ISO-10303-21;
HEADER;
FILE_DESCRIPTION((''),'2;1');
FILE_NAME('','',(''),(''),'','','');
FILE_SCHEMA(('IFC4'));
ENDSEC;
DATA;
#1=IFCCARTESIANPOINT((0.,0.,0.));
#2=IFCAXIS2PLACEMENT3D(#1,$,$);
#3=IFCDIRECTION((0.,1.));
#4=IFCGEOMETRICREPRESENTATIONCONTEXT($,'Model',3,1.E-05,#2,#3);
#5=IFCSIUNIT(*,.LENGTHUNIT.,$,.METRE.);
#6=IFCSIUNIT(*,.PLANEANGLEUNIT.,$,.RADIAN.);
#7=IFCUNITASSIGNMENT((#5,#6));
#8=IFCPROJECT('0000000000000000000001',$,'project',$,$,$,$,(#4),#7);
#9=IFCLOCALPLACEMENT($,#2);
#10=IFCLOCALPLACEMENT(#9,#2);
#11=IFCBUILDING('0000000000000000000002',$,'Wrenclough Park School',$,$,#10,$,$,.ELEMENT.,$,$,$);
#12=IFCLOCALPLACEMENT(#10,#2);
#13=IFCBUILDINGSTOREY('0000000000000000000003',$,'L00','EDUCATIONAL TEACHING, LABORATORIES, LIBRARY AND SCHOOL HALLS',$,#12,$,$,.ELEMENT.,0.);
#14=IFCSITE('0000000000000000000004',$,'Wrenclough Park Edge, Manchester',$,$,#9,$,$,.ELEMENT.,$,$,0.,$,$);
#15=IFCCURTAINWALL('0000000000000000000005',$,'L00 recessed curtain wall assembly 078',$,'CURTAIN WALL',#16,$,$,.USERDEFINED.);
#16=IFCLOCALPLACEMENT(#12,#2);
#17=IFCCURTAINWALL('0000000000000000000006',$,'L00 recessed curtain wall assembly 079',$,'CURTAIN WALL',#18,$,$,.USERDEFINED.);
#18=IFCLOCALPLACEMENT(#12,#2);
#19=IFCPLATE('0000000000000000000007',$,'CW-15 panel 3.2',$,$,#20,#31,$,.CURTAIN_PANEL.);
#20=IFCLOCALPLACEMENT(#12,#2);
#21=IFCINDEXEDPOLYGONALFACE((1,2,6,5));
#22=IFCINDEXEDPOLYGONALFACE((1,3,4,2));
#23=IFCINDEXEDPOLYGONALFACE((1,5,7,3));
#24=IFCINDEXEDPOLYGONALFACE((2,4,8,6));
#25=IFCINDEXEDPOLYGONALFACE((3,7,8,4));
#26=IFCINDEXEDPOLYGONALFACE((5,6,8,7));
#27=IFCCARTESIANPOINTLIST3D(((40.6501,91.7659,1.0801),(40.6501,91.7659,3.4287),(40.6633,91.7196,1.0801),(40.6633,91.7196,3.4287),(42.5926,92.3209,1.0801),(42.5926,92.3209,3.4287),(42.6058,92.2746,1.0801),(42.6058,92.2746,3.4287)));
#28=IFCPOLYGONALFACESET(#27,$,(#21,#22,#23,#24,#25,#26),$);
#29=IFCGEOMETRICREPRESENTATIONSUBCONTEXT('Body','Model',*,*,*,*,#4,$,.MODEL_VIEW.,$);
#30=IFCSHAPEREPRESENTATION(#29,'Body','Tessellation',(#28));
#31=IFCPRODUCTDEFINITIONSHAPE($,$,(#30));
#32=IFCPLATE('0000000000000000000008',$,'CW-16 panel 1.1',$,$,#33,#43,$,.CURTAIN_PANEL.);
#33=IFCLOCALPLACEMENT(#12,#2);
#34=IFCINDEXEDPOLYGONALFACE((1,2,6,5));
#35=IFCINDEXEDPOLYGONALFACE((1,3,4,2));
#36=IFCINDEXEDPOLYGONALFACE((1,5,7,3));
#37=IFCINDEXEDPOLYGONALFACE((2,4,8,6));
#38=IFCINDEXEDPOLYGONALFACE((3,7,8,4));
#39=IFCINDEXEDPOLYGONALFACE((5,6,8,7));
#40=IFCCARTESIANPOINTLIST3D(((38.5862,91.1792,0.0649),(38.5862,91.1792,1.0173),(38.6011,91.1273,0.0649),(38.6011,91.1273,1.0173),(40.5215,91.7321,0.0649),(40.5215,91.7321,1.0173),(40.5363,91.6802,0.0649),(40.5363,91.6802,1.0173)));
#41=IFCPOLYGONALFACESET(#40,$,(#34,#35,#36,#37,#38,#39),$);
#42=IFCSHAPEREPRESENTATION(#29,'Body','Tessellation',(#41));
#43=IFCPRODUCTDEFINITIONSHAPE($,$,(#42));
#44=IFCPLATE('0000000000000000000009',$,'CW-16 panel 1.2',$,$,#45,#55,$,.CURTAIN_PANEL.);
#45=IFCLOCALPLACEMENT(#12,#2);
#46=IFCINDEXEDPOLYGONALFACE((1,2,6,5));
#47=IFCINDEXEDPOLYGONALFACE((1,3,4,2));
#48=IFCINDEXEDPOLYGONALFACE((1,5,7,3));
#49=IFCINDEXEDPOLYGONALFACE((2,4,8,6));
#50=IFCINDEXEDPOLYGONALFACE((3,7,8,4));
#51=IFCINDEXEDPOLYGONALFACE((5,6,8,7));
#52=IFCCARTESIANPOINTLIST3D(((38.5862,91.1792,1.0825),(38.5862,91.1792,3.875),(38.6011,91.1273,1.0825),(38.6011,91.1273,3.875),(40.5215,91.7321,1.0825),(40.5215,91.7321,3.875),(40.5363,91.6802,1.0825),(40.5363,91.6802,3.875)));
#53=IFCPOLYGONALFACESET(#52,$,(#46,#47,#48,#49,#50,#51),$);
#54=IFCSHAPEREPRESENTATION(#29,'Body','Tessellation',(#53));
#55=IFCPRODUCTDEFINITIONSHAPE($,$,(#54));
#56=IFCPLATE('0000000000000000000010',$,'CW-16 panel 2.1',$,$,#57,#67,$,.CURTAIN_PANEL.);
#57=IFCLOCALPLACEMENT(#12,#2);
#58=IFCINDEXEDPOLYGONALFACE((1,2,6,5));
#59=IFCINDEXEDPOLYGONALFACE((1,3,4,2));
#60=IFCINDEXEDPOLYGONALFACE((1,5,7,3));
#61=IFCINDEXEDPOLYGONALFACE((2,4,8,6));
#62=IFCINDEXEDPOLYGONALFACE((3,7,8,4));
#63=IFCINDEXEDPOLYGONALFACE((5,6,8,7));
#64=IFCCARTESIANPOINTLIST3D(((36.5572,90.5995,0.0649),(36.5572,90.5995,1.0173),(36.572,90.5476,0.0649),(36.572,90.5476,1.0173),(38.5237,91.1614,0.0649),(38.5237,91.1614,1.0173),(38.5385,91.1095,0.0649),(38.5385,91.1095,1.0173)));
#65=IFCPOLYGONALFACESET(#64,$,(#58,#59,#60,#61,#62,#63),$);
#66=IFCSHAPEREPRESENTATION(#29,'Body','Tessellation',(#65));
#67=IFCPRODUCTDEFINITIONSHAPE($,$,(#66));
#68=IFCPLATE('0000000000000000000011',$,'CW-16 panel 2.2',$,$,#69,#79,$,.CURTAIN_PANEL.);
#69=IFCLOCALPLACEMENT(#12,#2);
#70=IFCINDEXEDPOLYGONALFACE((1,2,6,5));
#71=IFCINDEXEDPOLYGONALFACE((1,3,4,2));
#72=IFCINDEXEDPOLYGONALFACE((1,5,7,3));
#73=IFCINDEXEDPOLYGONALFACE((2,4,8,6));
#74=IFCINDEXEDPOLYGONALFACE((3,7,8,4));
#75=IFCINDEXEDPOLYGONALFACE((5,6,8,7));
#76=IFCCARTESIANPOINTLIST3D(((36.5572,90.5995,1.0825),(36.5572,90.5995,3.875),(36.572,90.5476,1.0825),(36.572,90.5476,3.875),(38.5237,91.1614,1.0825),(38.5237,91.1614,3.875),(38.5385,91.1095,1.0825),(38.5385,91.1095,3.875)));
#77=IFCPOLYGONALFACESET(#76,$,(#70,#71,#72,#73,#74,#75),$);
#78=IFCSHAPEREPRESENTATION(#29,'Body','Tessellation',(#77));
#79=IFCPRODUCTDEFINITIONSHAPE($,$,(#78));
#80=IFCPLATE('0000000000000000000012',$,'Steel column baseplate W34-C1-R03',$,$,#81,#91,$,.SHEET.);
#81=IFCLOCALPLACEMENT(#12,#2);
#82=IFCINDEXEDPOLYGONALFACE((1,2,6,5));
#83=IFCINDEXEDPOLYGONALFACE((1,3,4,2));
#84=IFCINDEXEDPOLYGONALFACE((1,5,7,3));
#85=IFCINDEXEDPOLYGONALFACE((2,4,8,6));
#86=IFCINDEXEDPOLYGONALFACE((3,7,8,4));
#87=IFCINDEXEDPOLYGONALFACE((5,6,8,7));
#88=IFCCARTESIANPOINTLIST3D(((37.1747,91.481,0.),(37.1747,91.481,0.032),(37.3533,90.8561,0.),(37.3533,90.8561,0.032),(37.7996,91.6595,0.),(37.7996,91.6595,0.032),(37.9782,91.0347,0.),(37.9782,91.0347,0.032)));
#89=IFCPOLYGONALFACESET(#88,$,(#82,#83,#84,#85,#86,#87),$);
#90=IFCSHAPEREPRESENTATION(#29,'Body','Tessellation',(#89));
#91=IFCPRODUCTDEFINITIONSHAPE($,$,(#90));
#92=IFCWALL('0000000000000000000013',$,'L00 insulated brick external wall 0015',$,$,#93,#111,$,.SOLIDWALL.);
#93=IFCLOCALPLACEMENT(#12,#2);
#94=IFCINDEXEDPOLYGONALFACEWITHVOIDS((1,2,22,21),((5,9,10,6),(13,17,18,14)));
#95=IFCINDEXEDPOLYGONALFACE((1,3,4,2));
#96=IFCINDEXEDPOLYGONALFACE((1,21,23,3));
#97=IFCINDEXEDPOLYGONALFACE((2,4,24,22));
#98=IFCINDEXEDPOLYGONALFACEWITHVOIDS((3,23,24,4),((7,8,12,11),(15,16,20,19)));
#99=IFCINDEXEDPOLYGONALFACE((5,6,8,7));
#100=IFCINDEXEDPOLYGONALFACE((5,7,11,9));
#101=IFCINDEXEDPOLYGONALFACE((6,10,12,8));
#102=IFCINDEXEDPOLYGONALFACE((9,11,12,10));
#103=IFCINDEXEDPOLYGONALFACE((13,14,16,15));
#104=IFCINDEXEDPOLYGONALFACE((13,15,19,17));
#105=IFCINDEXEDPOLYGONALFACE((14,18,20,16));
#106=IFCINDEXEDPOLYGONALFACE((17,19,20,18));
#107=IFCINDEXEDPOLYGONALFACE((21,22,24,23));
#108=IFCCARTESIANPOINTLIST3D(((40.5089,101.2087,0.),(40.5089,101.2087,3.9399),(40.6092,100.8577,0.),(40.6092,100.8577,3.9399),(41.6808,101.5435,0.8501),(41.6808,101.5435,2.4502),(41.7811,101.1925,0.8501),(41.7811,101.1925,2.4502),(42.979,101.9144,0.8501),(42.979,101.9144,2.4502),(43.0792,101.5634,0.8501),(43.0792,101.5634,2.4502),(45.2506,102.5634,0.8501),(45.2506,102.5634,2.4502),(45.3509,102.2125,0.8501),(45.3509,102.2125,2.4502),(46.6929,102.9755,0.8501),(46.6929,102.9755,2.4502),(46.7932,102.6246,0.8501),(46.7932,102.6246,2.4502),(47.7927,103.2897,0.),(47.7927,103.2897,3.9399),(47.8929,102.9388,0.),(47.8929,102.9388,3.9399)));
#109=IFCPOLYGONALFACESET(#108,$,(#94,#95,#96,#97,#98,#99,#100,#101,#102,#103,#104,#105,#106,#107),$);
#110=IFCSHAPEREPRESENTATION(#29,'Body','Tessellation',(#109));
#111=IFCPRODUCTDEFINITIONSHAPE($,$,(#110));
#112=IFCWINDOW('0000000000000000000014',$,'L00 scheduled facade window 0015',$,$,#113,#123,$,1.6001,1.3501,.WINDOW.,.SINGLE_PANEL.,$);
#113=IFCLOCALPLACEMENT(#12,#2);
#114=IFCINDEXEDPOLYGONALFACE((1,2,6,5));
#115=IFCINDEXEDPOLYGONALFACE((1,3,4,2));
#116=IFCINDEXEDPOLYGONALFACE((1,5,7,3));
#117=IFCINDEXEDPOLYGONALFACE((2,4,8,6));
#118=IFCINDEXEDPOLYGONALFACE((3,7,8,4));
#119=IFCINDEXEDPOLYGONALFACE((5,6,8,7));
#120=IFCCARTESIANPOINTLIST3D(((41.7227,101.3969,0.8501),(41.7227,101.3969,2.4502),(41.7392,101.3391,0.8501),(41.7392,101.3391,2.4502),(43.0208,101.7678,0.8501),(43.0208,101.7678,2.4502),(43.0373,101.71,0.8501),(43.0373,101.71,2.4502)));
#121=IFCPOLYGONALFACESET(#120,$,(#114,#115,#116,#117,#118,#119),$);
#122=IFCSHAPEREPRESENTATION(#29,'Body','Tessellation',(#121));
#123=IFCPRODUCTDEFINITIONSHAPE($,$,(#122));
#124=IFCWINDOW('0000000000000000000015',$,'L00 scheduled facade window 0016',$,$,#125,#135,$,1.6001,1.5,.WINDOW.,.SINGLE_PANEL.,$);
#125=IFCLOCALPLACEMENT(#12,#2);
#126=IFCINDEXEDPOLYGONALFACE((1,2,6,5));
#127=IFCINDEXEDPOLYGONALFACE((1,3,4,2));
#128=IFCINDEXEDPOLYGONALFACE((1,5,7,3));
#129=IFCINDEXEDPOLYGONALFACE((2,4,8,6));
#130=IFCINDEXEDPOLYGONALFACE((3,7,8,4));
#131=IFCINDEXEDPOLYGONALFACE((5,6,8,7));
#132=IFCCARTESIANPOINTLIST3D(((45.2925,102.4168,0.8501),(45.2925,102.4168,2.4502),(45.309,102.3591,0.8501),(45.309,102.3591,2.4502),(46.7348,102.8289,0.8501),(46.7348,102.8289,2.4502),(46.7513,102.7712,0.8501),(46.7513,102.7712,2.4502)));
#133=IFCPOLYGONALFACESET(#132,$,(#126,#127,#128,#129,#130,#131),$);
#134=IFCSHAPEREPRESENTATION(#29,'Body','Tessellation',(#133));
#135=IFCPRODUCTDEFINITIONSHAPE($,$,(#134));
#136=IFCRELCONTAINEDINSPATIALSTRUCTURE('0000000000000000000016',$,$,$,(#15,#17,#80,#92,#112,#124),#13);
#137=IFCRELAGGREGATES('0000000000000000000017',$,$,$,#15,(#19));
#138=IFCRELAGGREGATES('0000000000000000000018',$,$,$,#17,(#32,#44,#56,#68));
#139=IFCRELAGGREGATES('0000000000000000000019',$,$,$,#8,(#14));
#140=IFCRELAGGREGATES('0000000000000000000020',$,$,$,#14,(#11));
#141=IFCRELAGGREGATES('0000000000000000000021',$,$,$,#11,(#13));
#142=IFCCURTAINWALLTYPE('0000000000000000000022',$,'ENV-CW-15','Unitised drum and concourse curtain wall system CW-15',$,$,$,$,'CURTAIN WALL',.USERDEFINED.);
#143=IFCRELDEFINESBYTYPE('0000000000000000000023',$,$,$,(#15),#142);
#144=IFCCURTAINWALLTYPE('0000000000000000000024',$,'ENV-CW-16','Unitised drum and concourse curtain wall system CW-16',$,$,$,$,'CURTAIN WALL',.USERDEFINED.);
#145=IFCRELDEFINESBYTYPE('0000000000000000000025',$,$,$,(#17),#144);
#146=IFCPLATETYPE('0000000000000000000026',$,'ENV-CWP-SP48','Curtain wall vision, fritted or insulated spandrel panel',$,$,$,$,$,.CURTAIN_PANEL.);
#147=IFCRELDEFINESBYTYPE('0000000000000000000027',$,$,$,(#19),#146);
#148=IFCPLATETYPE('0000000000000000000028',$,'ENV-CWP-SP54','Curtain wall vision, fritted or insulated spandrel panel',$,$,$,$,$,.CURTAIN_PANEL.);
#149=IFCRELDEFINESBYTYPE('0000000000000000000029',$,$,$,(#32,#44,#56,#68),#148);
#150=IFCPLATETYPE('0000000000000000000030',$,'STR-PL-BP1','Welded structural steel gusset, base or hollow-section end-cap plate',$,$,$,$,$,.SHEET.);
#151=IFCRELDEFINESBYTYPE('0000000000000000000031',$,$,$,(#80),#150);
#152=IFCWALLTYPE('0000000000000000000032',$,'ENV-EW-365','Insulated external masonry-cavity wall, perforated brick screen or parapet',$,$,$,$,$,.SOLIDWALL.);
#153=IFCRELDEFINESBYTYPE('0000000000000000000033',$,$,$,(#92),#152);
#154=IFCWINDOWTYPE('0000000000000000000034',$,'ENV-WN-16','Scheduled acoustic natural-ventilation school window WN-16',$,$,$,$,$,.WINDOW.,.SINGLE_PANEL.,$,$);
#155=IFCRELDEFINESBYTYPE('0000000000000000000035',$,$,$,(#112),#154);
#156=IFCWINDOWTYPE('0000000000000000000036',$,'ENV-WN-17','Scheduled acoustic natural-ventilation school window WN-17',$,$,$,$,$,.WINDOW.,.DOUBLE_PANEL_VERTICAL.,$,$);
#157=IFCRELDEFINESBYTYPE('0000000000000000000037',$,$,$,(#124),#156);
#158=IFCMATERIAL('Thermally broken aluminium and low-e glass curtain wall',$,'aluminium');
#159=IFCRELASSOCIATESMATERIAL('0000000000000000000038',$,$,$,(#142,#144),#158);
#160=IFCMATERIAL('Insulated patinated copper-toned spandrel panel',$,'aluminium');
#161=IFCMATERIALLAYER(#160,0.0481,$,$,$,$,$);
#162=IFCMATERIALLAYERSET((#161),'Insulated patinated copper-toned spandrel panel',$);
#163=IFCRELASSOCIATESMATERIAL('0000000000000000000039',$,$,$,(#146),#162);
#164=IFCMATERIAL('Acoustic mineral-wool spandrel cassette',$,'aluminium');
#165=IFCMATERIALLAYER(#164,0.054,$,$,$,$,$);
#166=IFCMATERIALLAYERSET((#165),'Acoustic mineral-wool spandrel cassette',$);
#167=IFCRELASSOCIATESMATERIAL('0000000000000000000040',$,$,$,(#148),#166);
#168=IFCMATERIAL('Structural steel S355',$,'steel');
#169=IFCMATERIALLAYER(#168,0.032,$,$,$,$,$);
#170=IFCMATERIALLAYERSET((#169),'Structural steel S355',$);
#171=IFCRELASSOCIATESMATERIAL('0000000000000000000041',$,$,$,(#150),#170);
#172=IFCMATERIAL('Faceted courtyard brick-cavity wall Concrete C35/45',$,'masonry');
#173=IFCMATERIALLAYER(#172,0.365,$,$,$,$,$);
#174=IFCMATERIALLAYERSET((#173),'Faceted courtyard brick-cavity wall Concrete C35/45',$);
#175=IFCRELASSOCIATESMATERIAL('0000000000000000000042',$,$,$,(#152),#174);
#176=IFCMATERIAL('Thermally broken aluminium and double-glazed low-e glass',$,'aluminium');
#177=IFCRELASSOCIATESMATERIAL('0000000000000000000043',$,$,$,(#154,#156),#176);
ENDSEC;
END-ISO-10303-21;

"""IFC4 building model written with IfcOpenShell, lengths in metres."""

from ifc_helpers import new_model, si_unit, direction, frame, frame_2d, origin, origin_2d, place, context, subcontext, project, spatial, rectangle, extrude, material, layer, layer_set, type_object, element, fill, aggregate, save


model = new_model("IFC4")

# Units and contexts
model_context = context("Model", 3, precision=1e-05, world=origin(), true_north=direction((0.0, 1.0)))
body_context = subcontext(model_context, "Body", "Model", "MODEL_VIEW")
ifc_project = project(units=[si_unit("LENGTHUNIT", "METRE"), si_unit("PLANEANGLEUNIT", "RADIAN")], contexts=[model_context])

# Site, building, storey
site_placement = place(None, origin())
site = spatial("IfcSite", under=ifc_project, at=site_placement, Name="Wrenclough Park Edge, Manchester", CompositionType="ELEMENT", RefElevation=0.0)
building_placement = place(site_placement, origin())
building = spatial("IfcBuilding", under=site, at=building_placement, Name="Wrenclough Park School", CompositionType="ELEMENT")
storey_placement = place(building_placement, origin())
storey = spatial("IfcBuildingStorey", under=building, at=storey_placement, Name="L00", Description="EDUCATIONAL TEACHING, LABORATORIES, LIBRARY AND SCHOOL HALLS", CompositionType="ELEMENT", Elevation=0.0)

# Shared definitions
ifc_material_1 = material(Name="Structural steel S355", Category="steel")

# Curtain wall
ifc_material_2 = material(Name="Thermally broken aluminium and low-e glass curtain wall", Category="aluminium")
curtain_wall_type_1 = type_object("IfcCurtainWallType", Name="ENV-CW-15", Description="Unitised drum and concourse curtain wall system CW-15", ElementType="CURTAIN WALL", PredefinedType="USERDEFINED", material=ifc_material_2)
curtain_wall_1_placement = place(storey_placement, origin())
curtain_wall_1 = element("IfcCurtainWall", 1, at=curtain_wall_1_placement, inside=storey, type_object=curtain_wall_type_1, Name="L00 recessed curtain wall assembly 078", ObjectType="CURTAIN WALL", PredefinedType="USERDEFINED")

# Curtain wall
curtain_wall_type_2 = type_object("IfcCurtainWallType", Name="ENV-CW-16", Description="Unitised drum and concourse curtain wall system CW-16", ElementType="CURTAIN WALL", PredefinedType="USERDEFINED", material=ifc_material_2)
curtain_wall_2_placement = place(storey_placement, origin())
curtain_wall_2 = element("IfcCurtainWall", 2, at=curtain_wall_2_placement, inside=storey, type_object=curtain_wall_type_2, Name="L00 recessed curtain wall assembly 079", ObjectType="CURTAIN WALL", PredefinedType="USERDEFINED")

# Plates
ifc_material_3 = material(Name="Insulated patinated copper-toned spandrel panel", Category="aluminium")
ifc_layer_1 = layer(ifc_material_3, 0.0481)
ifc_layer_set_1 = layer_set([ifc_layer_1], Name="Insulated patinated copper-toned spandrel panel")
plate_type_1 = type_object("IfcPlateType", Name="ENV-CWP-SP48", Description="Curtain wall vision, fritted or insulated spandrel panel", PredefinedType="CURTAIN_PANEL", material=ifc_layer_set_1)
plate_1_placement = place(storey_placement, frame((41.6279, 92.0203, 1.0801), z_axis=(0.0, 0.0, 1.0), x_axis=(-0.961527, -0.274711, 0.0)))
plate_1 = element("IfcPlate", 3, at=plate_1_placement, type_object=plate_type_1, Name="CW-15 panel 3.2", PredefinedType="CURTAIN_PANEL", context=body_context, shape_type="SweptSolid", body=[
    extrude(rectangle(XDim=2.0203, YDim=0.0481, at=origin_2d()), origin(), (0.0, 0.0, 1.0), 2.3486),
])
aggregate(curtain_wall_1, [plate_1])
ifc_material_4 = material(Name="Acoustic mineral-wool spandrel cassette", Category="aluminium")
ifc_layer_2 = layer(ifc_material_4, 0.054)
ifc_layer_set_2 = layer_set([ifc_layer_2], Name="Acoustic mineral-wool spandrel cassette")
plate_type_2 = type_object("IfcPlateType", Name="ENV-CWP-SP54", Description="Curtain wall vision, fritted or insulated spandrel panel", PredefinedType="CURTAIN_PANEL", material=ifc_layer_set_2)
plate_2_placement = place(storey_placement, frame((39.5613, 91.4297, 0.0649), z_axis=(0.0, 0.0, 1.0), x_axis=(-0.961524, -0.274721, 0.0)))
plate_2 = element("IfcPlate", 4, at=plate_2_placement, type_object=plate_type_2, Name="CW-16 panel 1.1", PredefinedType="CURTAIN_PANEL", context=body_context, shape_type="SweptSolid", body=[
    extrude(rectangle(XDim=2.0127, YDim=0.054, at=origin_2d()), origin(), (0.0, 0.0, 1.0), 0.9524),
])
plate_3_placement = place(storey_placement, frame((39.5613, 91.4297, 1.0825), z_axis=(0.0, 0.0, 1.0), x_axis=(-0.961524, -0.274721, 0.0)))
plate_3 = element("IfcPlate", 5, at=plate_3_placement, type_object=plate_type_2, Name="CW-16 panel 1.2", PredefinedType="CURTAIN_PANEL", context=body_context, shape_type="SweptSolid", body=[
    extrude(rectangle(XDim=2.0127, YDim=0.054, at=origin_2d()), origin(), (0.0, 0.0, 1.0), 2.7925),
])
plate_4_placement = place(storey_placement, frame((37.5479, 90.8545, 0.0649), z_axis=(0.0, 0.0, 1.0), x_axis=(-0.961524, -0.274721, 0.0)))
plate_4 = element("IfcPlate", 6, at=plate_4_placement, type_object=plate_type_2, Name="CW-16 panel 2.1", PredefinedType="CURTAIN_PANEL", context=body_context, shape_type="SweptSolid", body=[
    extrude(rectangle(XDim=2.0452, YDim=0.054, at=origin_2d()), origin(), (0.0, 0.0, 1.0), 0.9524),
])
plate_5_placement = place(storey_placement, frame((37.5479, 90.8545, 1.0825), z_axis=(0.0, 0.0, 1.0), x_axis=(-0.961524, -0.274721, 0.0)))
plate_5 = element("IfcPlate", 7, at=plate_5_placement, type_object=plate_type_2, Name="CW-16 panel 2.2", PredefinedType="CURTAIN_PANEL", context=body_context, shape_type="SweptSolid", body=[
    extrude(rectangle(XDim=2.0452, YDim=0.054, at=origin_2d()), origin(), (0.0, 0.0, 1.0), 2.7925),
])
aggregate(curtain_wall_2, [plate_2, plate_3, plate_4, plate_5])
ifc_layer_3 = layer(ifc_material_1, 0.032)
ifc_layer_set_3 = layer_set([ifc_layer_3], Name="Structural steel S355")
plate_type_3 = type_object("IfcPlateType", Name="STR-PL-BP1", Description="Welded structural steel gusset, base or hollow-section end-cap plate", PredefinedType="SHEET", material=ifc_layer_set_3)
plate_6_placement = place(storey_placement, frame((37.5764, 91.2578, 0.0), z_axis=(0.0, 0.0, 1.0), x_axis=(0.961502, 0.274798, 0.0)))
element("IfcPlate", 8, at=plate_6_placement, inside=storey, type_object=plate_type_3, Name="Steel column baseplate W34-C1-R03", PredefinedType="SHEET", context=body_context, shape_type="SweptSolid", body=[
    extrude(rectangle(XDim=0.6499, YDim=0.6499, at=origin_2d()), origin(), (0.0, 0.0, 1.0), 0.032),
])

# Wall, openings, windows
ifc_material_5 = material(Name="Faceted courtyard brick-cavity wall Concrete C35/45", Category="masonry")
ifc_layer_4 = layer(ifc_material_5, 0.365)
ifc_layer_set_4 = layer_set([ifc_layer_4], Name="Faceted courtyard brick-cavity wall Concrete C35/45")
wall_type = type_object("IfcWallType", Name="ENV-EW-365", Description="Insulated external masonry-cavity wall, perforated brick screen or parapet", PredefinedType="SOLIDWALL", material=ifc_layer_set_4)
wall_placement = place(storey_placement, frame((40.5591, 101.0332, 0.0), z_axis=(0.0, 0.0, 1.0), x_axis=(0.961524, 0.274721, 0.0)))
wall = element("IfcWall", 9, at=wall_placement, inside=storey, type_object=wall_type, Name="L00 insulated brick external wall 0015", PredefinedType="SOLIDWALL", context=body_context, shape_type="SweptSolid", body=[
    extrude(rectangle(XDim=7.5752, YDim=0.365, at=frame_2d((3.7876, 0.0))), origin(), (0.0, 0.0, 1.0), 3.9399),
])
opening_1_placement = place(wall_placement, frame((1.2188, 0.0, 0.8501)))
opening_1 = element("IfcOpeningElement", 10, at=opening_1_placement, cuts=wall, PredefinedType="OPENING", context=body_context, shape_type="SweptSolid", body=[
    extrude(rectangle(XDim=1.3501, YDim=1.6001, at=frame_2d((0.675, 0.8))), frame((0.0, 0.1924, 0.0), z_axis=(0.0, -1.0, 0.0), x_axis=(1.0, 0.0, 0.0)), (0.0, 0.0, 1.0), 0.385),
])
opening_2_placement = place(wall_placement, frame((4.9314, 0.0, 0.8501)))
opening_2 = element("IfcOpeningElement", 11, at=opening_2_placement, cuts=wall, PredefinedType="OPENING", context=body_context, shape_type="SweptSolid", body=[
    extrude(rectangle(XDim=1.5, YDim=1.6001, at=frame_2d((0.75, 0.8))), frame((0.0, 0.1924, 0.0), z_axis=(0.0, -1.0, 0.0), x_axis=(1.0, 0.0, 0.0)), (0.0, 0.0, 1.0), 0.385),
])
ifc_material_6 = material(Name="Thermally broken aluminium and double-glazed low-e glass", Category="aluminium")
window_type_1 = type_object("IfcWindowType", Name="ENV-WN-16", Description="Scheduled acoustic natural-ventilation school window WN-16", PartitioningType="SINGLE_PANEL", PredefinedType="WINDOW", material=ifc_material_6)
window_1_placement = place(opening_1_placement, origin())
window_1 = element("IfcWindow", 12, at=window_1_placement, inside=storey, type_object=window_type_1, Name="L00 scheduled facade window 0015", OverallHeight=1.6001, OverallWidth=1.3501, PartitioningType="SINGLE_PANEL", PredefinedType="WINDOW", context=body_context, shape_type="SweptSolid", body=[
    extrude(rectangle(XDim=1.3501, YDim=1.6001, at=frame_2d((0.675, 0.8))), frame((0.0, 0.03, 0.0), z_axis=(0.0, -1.0, 0.0), x_axis=(1.0, 0.0, 0.0)), (0.0, 0.0, 1.0), 0.0601),
])
fill(opening_1, window_1)
window_type_2 = type_object("IfcWindowType", Name="ENV-WN-17", Description="Scheduled acoustic natural-ventilation school window WN-17", PartitioningType="DOUBLE_PANEL_VERTICAL", PredefinedType="WINDOW", material=ifc_material_6)
window_2_placement = place(opening_2_placement, origin())
window_2 = element("IfcWindow", 13, at=window_2_placement, inside=storey, type_object=window_type_2, Name="L00 scheduled facade window 0016", OverallHeight=1.6001, OverallWidth=1.5, PartitioningType="SINGLE_PANEL", PredefinedType="WINDOW", context=body_context, shape_type="SweptSolid", body=[
    extrude(rectangle(XDim=1.5, YDim=1.6001, at=frame_2d((0.75, 0.8))), frame((0.0, 0.03, 0.0), z_axis=(0.0, -1.0, 0.0), x_axis=(1.0, 0.0, 0.0)), (0.0, 0.0, 1.0), 0.0601),
])
fill(opening_2, window_2)

save(model, "model.ifc")
